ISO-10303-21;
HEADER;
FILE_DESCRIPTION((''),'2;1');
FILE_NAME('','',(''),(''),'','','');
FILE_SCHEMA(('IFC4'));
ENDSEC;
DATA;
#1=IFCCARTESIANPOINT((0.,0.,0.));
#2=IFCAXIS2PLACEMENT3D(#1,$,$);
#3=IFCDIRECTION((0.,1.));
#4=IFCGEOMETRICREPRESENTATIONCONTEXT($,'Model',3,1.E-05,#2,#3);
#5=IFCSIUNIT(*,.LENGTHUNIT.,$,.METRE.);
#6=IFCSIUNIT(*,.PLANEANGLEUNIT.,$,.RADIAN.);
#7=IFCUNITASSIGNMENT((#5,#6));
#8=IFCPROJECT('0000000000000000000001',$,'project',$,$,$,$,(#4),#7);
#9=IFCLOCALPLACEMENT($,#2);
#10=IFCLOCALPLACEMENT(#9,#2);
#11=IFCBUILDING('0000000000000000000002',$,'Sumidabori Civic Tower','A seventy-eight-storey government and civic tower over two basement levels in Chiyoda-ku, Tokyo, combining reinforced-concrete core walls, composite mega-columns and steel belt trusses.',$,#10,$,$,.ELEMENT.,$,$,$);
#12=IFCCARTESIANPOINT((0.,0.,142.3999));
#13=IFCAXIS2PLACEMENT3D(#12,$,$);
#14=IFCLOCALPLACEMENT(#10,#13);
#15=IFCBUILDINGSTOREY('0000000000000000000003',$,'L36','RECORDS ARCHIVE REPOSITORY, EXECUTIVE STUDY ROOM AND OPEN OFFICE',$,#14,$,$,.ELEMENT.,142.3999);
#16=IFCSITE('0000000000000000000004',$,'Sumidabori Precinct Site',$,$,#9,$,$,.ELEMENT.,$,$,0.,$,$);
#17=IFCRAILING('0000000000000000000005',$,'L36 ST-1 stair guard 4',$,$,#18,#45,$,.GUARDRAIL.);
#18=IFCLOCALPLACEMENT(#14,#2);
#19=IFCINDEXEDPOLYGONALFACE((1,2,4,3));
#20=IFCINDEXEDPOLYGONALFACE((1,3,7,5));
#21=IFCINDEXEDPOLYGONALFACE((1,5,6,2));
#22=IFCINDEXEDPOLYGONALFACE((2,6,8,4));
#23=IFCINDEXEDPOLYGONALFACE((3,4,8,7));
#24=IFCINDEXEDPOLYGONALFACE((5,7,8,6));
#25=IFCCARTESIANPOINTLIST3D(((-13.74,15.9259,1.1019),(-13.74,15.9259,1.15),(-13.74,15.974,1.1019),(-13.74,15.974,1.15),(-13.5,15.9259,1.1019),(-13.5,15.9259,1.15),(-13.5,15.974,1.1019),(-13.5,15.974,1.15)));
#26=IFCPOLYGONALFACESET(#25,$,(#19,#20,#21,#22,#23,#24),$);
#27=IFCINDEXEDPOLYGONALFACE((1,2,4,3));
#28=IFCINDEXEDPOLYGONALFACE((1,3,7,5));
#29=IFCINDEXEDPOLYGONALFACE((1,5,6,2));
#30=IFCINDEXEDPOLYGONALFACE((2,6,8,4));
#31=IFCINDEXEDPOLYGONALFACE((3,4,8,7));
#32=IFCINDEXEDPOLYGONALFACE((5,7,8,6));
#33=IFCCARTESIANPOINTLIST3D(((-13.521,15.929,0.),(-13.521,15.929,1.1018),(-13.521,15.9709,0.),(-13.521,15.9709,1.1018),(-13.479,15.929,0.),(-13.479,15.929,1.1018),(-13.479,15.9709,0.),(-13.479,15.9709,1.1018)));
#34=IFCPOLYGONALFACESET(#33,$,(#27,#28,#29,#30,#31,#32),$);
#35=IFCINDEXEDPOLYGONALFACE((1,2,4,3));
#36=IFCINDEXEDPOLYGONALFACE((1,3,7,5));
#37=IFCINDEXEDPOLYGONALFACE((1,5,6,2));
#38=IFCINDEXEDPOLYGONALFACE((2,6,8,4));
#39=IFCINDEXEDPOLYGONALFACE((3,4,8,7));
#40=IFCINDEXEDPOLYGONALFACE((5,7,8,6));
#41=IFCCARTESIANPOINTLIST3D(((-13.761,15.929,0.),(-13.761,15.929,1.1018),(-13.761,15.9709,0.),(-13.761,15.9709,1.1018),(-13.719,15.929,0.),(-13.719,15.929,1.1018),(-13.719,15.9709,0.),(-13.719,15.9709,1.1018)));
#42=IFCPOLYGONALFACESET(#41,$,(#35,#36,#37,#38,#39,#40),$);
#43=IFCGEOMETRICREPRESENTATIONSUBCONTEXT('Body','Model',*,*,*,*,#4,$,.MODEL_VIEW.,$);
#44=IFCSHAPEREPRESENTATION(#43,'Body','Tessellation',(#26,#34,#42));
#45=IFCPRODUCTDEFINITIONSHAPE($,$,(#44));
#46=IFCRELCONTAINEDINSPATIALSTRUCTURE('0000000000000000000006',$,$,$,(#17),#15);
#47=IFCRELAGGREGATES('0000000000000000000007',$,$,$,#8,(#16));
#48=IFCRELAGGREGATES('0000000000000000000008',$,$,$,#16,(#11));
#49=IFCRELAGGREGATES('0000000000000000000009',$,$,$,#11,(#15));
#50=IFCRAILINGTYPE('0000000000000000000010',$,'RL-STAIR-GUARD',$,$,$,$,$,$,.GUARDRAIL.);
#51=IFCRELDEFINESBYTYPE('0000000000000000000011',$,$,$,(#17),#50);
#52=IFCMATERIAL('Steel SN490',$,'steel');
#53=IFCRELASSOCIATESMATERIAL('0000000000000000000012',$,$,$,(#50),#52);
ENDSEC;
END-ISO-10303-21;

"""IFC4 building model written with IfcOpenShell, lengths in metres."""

from ifc_helpers import new_model, si_unit, direction, frame, origin, origin_2d, place, context, subcontext, project, spatial, rectangle, extrude, material, type_object, element, save


model = new_model("IFC4")

# Units and contexts
model_context = context("Model", 3, precision=1e-05, world=origin(), true_north=direction((0.0, 1.0)))
body_context = subcontext(model_context, "Body", "Model", "MODEL_VIEW")
ifc_project = project(units=[si_unit("LENGTHUNIT", "METRE"), si_unit("PLANEANGLEUNIT", "RADIAN")], contexts=[model_context])

# Site, building, storey
site_placement = place(None, origin())
site = spatial("IfcSite", under=ifc_project, at=site_placement, Name="Sumidabori Precinct Site", CompositionType="ELEMENT", RefElevation=0.0)
building_placement = place(site_placement, origin())
building = spatial("IfcBuilding", under=site, at=building_placement, Name="Sumidabori Civic Tower", Description="A seventy-eight-storey government and civic tower over two basement levels in Chiyoda-ku, Tokyo, combining reinforced-concrete core walls, composite mega-columns and steel belt trusses.", CompositionType="ELEMENT")
storey_placement = place(building_placement, frame((0.0, 0.0, 142.3999)))
storey = spatial("IfcBuildingStorey", under=building, at=storey_placement, Name="L36", Description="RECORDS ARCHIVE REPOSITORY, EXECUTIVE STUDY ROOM AND OPEN OFFICE", CompositionType="ELEMENT", Elevation=142.3999)

# Shared definitions
ifc_material_1 = material(Name="Steel SN490", Category="steel")

# Railing
railing_type_1 = type_object("IfcRailingType", Name="RL-STAIR-GUARD", PredefinedType="GUARDRAIL", material=ifc_material_1)
railing_1_placement = place(storey_placement, frame((-13.5, 15.95, 0.0)))
element("IfcRailing", 1, at=railing_1_placement, inside=storey, type_object=railing_type_1, Name="L36 ST-1 stair guard 4", PredefinedType="GUARDRAIL", context=body_context, shape_type="SweptSolid", body=[
    extrude(rectangle(XDim=0.0481, YDim=0.0481, at=origin_2d()), frame((0.0, 0.0, 1.126), z_axis=(-1.0, 0.0, 0.0), x_axis=(0.0, -1.0, 0.0)), (0.0, 0.0, 1.0), 0.24),
    extrude(rectangle(XDim=0.042, YDim=0.042, at=origin_2d()), origin(), (0.0, 0.0, 1.0), 1.1018),
    extrude(rectangle(XDim=0.042, YDim=0.042, at=origin_2d()), frame((-0.24, 0.0, 0.0)), (0.0, 0.0, 1.0), 1.1018),
])

save(model, "model.ifc")
